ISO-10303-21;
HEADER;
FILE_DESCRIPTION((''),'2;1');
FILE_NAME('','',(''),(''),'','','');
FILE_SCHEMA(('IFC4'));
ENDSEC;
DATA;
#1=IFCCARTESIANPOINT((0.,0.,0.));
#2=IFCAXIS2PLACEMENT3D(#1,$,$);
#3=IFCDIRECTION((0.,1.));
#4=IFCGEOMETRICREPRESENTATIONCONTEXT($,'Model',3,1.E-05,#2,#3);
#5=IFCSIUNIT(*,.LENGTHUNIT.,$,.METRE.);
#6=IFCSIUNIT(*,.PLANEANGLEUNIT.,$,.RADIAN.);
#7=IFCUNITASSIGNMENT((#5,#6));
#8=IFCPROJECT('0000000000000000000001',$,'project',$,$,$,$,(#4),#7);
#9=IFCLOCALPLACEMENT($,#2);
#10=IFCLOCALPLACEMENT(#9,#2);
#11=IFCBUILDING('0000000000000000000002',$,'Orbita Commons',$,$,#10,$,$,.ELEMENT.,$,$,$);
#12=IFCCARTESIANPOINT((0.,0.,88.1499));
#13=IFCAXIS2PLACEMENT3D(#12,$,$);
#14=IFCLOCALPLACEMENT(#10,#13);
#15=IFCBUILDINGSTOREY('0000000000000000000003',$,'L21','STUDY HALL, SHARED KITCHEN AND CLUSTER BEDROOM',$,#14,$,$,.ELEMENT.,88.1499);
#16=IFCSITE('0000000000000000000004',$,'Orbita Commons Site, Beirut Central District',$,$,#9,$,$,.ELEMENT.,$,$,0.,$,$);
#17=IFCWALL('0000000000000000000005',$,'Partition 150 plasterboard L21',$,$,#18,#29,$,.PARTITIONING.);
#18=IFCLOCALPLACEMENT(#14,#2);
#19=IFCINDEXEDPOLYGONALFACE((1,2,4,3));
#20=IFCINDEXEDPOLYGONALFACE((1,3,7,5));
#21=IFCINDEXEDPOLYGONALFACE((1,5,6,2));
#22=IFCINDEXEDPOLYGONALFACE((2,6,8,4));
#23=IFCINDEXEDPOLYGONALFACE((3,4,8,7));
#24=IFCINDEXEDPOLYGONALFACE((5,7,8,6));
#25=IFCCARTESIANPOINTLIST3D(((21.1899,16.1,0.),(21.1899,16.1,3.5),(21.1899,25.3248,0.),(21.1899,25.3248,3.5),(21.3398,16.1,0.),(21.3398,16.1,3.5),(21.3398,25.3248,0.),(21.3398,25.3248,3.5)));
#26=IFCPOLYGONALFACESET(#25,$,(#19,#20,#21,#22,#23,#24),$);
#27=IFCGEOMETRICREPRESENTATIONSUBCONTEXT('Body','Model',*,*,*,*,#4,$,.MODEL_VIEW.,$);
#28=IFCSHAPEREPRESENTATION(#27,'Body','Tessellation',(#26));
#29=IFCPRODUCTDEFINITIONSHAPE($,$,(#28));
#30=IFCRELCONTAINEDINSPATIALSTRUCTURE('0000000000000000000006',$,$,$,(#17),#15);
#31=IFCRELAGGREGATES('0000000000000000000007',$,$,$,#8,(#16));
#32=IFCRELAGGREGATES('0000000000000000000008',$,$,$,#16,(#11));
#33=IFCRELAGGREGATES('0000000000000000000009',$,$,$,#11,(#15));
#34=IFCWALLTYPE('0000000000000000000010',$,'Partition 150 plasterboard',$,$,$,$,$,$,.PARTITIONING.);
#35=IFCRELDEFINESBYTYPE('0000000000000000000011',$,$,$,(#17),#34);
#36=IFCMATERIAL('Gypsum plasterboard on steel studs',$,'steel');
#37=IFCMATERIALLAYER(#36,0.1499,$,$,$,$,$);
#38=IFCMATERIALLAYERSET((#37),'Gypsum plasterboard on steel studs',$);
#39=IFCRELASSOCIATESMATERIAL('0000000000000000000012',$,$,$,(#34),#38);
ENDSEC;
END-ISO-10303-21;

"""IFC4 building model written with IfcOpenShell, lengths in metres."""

from ifc_helpers import new_model, si_unit, direction, frame, frame_2d, origin, place, context, subcontext, project, spatial, rectangle, extrude, material, layer, layer_set, type_object, element, save


model = new_model("IFC4")

# Units and contexts
model_context = context("Model", 3, precision=1e-05, world=origin(), true_north=direction((0.0, 1.0)))
body_context = subcontext(model_context, "Body", "Model", "MODEL_VIEW")
ifc_project = project(units=[si_unit("LENGTHUNIT", "METRE"), si_unit("PLANEANGLEUNIT", "RADIAN")], contexts=[model_context])

# Site, building, storey
site_placement = place(None, origin())
site = spatial("IfcSite", under=ifc_project, at=site_placement, Name="Orbita Commons Site, Beirut Central District", CompositionType="ELEMENT", RefElevation=0.0)
building_placement = place(site_placement, origin())
building = spatial("IfcBuilding", under=site, at=building_placement, Name="Orbita Commons", CompositionType="ELEMENT")
storey_placement = place(building_placement, frame((0.0, 0.0, 88.1499)))
storey = spatial("IfcBuildingStorey", under=building, at=storey_placement, Name="L21", Description="STUDY HALL, SHARED KITCHEN AND CLUSTER BEDROOM", CompositionType="ELEMENT", Elevation=88.1499)

# Wall
ifc_material_1 = material(Name="Gypsum plasterboard on steel studs", Category="steel")
ifc_layer_1 = layer(ifc_material_1, 0.1499)
ifc_layer_set_1 = layer_set([ifc_layer_1], Name="Gypsum plasterboard on steel studs")
wall_type_1 = type_object("IfcWallType", Name="Partition 150 plasterboard", PredefinedType="PARTITIONING", material=ifc_layer_set_1)
wall_1_placement = place(storey_placement, frame((21.2649, 16.1001, 0.0), z_axis=(0.0, 0.0, 1.0), x_axis=(0.0, 1.0, 0.0)))
element("IfcWall", 1, at=wall_1_placement, inside=storey, type_object=wall_type_1, Name="Partition 150 plasterboard L21", PredefinedType="PARTITIONING", context=body_context, shape_type="SweptSolid", body=[
    extrude(rectangle(XDim=9.2249, YDim=0.1499, at=frame_2d((4.6123, 0.0))), origin(), (0.0, 0.0, 1.0), 3.5),
])

save(model, "model.ifc")
